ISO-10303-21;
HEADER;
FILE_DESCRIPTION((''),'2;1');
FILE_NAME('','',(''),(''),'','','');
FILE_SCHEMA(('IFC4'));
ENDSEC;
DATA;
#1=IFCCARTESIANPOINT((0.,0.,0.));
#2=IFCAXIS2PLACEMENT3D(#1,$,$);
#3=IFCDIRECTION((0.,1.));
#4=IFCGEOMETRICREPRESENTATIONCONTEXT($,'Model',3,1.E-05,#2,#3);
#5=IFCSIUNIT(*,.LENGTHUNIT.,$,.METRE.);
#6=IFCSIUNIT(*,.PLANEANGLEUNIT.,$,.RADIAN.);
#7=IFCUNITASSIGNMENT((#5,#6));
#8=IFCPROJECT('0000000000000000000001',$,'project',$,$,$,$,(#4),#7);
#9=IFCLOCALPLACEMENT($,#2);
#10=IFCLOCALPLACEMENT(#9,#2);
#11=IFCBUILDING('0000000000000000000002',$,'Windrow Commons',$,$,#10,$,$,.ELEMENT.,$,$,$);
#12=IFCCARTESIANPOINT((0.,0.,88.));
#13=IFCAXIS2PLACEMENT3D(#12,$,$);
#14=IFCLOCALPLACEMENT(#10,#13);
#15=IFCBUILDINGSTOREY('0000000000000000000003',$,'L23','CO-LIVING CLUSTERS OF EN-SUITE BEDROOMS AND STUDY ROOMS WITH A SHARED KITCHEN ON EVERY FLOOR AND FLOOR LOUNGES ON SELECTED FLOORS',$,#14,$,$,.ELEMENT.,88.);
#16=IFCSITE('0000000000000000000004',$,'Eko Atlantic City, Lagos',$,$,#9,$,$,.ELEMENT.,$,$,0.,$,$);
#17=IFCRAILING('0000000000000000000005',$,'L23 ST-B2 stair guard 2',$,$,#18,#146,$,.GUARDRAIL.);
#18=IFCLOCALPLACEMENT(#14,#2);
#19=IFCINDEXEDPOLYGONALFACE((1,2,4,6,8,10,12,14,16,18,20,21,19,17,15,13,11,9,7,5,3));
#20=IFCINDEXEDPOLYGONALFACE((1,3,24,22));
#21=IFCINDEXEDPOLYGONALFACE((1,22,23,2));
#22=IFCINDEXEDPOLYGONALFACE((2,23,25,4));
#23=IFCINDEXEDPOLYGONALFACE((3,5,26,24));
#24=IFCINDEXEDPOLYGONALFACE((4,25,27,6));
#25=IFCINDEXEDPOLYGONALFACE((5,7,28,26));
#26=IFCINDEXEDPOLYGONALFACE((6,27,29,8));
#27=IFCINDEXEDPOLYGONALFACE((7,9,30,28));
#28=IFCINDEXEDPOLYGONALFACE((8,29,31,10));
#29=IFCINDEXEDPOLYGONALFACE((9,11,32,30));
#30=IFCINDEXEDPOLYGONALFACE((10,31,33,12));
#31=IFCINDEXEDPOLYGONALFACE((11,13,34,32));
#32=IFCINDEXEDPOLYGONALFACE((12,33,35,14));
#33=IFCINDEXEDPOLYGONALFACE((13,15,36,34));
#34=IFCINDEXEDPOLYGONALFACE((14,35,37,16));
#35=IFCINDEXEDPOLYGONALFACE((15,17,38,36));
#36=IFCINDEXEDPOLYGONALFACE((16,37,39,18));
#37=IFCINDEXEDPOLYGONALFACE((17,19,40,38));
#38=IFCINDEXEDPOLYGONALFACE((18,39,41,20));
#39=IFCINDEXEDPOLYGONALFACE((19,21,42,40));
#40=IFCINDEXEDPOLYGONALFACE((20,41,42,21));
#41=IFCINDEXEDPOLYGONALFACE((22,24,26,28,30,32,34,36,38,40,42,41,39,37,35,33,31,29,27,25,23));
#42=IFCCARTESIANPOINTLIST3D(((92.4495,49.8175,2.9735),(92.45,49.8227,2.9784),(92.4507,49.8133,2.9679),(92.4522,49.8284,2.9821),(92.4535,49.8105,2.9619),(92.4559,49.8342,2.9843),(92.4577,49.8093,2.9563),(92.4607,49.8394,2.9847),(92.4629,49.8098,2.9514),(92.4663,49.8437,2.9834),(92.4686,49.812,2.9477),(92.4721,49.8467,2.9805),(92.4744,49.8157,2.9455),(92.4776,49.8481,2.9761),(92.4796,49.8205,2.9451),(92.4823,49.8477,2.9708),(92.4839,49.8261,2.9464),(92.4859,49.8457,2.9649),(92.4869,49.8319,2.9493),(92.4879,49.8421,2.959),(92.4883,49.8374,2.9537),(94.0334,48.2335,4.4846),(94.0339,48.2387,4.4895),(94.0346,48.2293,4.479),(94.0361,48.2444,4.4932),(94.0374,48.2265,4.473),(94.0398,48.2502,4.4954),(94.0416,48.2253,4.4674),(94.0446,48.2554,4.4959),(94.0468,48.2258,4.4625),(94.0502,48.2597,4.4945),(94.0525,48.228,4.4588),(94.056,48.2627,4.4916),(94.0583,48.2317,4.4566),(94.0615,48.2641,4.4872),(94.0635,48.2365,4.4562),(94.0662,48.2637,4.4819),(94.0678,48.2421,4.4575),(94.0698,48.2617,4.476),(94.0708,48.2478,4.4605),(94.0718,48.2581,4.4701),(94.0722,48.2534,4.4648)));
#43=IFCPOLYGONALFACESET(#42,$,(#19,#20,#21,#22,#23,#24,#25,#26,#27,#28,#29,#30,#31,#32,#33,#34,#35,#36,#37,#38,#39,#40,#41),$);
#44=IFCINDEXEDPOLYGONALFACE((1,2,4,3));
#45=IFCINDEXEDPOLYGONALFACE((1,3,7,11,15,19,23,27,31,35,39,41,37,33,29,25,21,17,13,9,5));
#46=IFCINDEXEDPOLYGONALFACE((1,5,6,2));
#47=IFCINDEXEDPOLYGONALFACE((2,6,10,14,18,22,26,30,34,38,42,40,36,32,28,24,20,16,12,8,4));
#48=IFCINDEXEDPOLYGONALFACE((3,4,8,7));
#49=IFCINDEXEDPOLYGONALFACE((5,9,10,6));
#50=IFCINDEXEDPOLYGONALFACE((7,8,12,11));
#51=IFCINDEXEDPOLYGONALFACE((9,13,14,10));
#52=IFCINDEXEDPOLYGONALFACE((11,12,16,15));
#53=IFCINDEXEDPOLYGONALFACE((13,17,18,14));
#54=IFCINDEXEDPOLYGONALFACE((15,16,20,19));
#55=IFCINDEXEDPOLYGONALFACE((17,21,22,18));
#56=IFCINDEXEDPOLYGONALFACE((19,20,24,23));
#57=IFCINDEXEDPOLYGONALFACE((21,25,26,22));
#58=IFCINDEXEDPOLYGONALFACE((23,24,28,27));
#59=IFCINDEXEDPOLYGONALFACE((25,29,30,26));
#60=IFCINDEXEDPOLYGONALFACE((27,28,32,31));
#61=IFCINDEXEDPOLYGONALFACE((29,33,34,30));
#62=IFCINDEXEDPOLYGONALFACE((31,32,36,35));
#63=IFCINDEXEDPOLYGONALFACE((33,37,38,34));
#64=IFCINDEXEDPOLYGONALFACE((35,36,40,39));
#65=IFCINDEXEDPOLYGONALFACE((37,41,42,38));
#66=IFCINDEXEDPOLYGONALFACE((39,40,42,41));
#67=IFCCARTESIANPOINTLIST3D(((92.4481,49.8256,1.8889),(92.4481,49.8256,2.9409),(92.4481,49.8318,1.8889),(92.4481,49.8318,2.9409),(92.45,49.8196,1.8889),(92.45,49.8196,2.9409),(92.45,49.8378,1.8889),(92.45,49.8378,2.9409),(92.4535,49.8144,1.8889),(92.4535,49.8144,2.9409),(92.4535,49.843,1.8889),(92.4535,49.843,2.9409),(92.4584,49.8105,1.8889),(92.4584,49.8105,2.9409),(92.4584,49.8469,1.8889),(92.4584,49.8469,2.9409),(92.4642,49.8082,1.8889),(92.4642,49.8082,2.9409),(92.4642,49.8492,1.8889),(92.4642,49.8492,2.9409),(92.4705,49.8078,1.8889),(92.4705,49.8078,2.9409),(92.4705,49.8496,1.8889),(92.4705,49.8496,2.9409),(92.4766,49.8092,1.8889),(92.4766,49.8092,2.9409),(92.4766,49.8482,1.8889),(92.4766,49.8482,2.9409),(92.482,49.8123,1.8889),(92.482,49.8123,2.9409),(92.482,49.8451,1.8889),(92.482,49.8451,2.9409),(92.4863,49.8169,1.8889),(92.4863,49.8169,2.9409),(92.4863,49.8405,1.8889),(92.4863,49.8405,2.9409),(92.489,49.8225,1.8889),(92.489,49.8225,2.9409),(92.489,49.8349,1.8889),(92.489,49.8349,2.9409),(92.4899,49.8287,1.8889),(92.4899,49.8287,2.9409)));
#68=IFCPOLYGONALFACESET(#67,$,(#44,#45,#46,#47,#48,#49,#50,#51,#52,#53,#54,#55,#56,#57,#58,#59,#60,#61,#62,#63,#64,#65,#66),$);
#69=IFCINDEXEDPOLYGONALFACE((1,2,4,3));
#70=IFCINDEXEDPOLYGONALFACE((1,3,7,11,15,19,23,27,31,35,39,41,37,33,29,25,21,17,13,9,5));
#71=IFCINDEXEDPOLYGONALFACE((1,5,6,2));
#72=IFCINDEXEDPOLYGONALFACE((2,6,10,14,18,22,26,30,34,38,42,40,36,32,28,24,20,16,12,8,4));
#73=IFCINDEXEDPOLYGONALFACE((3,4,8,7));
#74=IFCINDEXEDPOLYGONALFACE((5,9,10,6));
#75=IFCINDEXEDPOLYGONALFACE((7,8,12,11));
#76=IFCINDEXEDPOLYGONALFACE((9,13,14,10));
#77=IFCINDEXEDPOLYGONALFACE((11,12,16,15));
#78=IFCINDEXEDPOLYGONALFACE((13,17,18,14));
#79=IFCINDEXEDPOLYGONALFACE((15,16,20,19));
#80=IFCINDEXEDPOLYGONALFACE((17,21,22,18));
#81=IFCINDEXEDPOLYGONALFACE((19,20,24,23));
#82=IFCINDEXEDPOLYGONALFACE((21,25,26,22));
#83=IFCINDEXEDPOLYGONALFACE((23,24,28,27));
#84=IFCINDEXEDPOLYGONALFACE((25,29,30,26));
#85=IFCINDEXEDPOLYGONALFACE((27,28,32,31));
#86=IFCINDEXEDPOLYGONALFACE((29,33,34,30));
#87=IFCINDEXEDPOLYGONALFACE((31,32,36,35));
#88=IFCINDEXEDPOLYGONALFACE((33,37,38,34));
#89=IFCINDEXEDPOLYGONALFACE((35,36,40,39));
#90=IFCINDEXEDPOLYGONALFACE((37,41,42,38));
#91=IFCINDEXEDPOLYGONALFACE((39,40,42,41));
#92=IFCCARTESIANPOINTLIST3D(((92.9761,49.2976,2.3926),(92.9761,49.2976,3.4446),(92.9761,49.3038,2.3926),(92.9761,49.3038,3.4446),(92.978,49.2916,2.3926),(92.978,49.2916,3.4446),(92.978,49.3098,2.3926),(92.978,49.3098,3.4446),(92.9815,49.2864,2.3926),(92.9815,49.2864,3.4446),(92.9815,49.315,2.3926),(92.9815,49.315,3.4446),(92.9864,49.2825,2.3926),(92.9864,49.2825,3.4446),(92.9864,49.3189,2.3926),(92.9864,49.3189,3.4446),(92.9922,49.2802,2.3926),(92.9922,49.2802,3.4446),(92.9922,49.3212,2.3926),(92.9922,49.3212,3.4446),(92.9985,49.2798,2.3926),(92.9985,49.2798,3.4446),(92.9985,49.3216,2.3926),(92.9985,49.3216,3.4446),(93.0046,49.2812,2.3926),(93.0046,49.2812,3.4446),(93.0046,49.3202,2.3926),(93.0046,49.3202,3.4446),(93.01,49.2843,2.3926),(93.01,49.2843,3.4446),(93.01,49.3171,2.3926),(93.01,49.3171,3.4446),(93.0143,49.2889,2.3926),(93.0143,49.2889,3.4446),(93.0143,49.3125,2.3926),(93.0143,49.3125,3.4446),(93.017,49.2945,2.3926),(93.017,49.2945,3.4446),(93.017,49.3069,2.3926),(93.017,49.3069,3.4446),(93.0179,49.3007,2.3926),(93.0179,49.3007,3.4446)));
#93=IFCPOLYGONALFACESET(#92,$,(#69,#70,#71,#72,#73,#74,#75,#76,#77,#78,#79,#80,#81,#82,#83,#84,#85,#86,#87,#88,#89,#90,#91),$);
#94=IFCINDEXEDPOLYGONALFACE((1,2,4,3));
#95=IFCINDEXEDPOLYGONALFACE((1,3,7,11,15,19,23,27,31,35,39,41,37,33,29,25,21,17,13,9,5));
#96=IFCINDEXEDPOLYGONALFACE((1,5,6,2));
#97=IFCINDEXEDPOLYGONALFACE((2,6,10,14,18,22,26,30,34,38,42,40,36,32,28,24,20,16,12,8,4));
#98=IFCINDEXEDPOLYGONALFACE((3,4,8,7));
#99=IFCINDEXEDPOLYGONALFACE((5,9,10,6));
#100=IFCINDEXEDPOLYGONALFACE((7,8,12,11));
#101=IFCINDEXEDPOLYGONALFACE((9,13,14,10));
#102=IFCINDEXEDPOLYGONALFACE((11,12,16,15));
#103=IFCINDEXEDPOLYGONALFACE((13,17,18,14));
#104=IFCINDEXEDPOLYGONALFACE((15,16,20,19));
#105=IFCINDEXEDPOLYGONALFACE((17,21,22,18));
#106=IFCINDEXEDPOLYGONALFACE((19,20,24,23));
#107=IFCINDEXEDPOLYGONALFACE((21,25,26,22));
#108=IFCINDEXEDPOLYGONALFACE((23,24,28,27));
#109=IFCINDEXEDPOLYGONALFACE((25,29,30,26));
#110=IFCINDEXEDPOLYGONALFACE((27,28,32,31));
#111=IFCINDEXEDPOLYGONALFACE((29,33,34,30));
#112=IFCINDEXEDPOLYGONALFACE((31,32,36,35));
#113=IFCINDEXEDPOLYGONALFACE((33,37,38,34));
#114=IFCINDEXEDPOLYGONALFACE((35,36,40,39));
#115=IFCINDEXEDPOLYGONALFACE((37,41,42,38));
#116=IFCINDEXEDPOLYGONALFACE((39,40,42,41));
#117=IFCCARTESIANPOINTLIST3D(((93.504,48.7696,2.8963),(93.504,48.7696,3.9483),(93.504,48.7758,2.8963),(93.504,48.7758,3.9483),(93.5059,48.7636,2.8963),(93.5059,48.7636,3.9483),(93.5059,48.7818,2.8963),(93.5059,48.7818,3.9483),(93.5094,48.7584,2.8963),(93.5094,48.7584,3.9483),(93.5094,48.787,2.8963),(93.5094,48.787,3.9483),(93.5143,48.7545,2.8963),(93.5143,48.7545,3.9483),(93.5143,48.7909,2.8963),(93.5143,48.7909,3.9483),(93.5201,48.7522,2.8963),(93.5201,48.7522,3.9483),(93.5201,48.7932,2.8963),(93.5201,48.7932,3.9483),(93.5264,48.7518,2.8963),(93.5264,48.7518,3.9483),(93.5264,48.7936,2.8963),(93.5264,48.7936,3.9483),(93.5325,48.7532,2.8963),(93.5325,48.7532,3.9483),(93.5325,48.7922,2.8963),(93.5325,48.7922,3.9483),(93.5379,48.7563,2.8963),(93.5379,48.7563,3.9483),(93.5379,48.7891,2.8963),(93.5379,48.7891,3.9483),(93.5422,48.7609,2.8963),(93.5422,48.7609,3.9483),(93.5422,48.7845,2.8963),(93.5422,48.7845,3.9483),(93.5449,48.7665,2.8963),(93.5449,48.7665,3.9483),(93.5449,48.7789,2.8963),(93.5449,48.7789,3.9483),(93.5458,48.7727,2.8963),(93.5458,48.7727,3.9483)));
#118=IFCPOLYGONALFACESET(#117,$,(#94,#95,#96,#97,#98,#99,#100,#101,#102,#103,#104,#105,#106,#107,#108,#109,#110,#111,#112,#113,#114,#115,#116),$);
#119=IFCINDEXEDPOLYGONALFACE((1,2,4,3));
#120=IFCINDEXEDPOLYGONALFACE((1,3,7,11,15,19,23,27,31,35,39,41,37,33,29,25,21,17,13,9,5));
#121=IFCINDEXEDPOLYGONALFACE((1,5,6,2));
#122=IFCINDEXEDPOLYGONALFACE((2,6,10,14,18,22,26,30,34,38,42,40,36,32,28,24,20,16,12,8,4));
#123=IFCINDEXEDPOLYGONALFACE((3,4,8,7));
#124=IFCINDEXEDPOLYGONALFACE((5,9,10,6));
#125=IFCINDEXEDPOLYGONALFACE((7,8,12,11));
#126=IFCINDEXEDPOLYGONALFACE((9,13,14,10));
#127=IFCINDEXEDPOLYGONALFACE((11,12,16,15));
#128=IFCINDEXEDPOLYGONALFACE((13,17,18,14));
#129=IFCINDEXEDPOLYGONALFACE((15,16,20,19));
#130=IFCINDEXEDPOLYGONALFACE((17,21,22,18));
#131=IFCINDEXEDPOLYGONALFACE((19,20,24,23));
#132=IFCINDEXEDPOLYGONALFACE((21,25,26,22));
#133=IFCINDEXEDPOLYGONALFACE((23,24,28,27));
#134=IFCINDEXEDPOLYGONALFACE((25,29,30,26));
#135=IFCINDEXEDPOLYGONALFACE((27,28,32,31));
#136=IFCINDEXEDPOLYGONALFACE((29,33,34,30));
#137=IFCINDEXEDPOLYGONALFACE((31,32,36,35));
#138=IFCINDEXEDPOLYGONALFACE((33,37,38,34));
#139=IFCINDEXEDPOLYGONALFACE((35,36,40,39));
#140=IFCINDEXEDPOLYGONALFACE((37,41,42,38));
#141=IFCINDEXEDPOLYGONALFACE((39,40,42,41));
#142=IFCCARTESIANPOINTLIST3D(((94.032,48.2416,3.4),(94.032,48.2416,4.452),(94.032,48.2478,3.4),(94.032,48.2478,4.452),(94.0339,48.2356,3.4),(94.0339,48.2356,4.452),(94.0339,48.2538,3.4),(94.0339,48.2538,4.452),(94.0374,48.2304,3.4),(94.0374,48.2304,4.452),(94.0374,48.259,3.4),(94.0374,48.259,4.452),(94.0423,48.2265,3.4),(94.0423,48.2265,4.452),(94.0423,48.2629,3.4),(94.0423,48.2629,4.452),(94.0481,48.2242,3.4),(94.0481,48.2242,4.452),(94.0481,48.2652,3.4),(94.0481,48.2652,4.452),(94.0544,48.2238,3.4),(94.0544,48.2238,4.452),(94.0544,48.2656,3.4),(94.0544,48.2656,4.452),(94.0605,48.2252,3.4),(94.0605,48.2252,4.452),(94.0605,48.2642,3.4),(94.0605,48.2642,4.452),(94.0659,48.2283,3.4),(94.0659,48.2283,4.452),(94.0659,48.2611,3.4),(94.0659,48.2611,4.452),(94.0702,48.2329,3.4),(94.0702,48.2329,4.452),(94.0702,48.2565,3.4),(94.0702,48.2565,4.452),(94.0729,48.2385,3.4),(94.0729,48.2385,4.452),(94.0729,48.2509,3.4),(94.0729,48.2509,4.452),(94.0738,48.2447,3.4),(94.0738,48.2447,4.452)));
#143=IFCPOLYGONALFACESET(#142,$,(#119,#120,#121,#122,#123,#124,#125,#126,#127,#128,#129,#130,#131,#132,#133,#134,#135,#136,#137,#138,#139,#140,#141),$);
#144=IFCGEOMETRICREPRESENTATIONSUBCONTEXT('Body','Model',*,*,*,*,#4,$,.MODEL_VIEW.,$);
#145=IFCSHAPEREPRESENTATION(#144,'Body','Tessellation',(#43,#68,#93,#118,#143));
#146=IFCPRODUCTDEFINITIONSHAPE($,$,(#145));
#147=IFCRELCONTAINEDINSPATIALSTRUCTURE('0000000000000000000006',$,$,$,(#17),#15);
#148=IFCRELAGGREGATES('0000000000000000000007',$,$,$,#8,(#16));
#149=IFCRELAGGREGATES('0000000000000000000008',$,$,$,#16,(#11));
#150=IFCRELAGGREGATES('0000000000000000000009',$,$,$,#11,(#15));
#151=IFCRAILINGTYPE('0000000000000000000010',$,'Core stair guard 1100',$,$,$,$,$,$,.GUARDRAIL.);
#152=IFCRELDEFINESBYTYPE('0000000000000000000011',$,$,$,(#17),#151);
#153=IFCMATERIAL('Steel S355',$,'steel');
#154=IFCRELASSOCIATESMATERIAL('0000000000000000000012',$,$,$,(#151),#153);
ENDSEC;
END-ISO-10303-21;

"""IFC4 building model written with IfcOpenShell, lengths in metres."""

from ifc_helpers import new_model, si_unit, direction, frame, origin, origin_2d, place, context, subcontext, project, spatial, circle, extrude, material, type_object, element, save


model = new_model("IFC4")

# Units and contexts
model_context = context("Model", 3, precision=1e-05, world=origin(), true_north=direction((0.0, 1.0)))
body_context = subcontext(model_context, "Body", "Model", "MODEL_VIEW")
ifc_project = project(units=[si_unit("LENGTHUNIT", "METRE"), si_unit("PLANEANGLEUNIT", "RADIAN")], contexts=[model_context])

# Site, building, storey
site_placement = place(None, origin())
site = spatial("IfcSite", under=ifc_project, at=site_placement, Name="Eko Atlantic City, Lagos", CompositionType="ELEMENT", RefElevation=0.0)
building_placement = place(site_placement, origin())
building = spatial("IfcBuilding", under=site, at=building_placement, Name="Windrow Commons", CompositionType="ELEMENT")
storey_placement = place(building_placement, frame((0.0, 0.0, 88.0)))
storey = spatial("IfcBuildingStorey", under=building, at=storey_placement, Name="L23", Description="CO-LIVING CLUSTERS OF EN-SUITE BEDROOMS AND STUDY ROOMS WITH A SHARED KITCHEN ON EVERY FLOOR AND FLOOR LOUNGES ON SELECTED FLOORS", CompositionType="ELEMENT", Elevation=88.0)

# Railing
ifc_material_1 = material(Name="Steel S355", Category="steel")
railing_type_1 = type_object("IfcRailingType", Name="Core stair guard 1100", PredefinedType="GUARDRAIL", material=ifc_material_1)
railing_1_placement = place(storey_placement, frame((92.4689, 49.8287, 1.8889)))
element("IfcRailing", 1, at=railing_1_placement, inside=storey, type_object=railing_type_1, Name="L23 ST-B2 stair guard 2", PredefinedType="GUARDRAIL", context=body_context, shape_type="SweptSolid", body=[
    extrude(circle(Radius=0.024, at=origin_2d()), frame((0.0, 0.0, 1.076), z_axis=(0.586179, -0.586216, 0.559237), x_axis=(0.707129, 0.707084, 0.0)), (0.0, 0.0, 1.0), 2.7021),
    extrude(circle(Radius=0.021, at=origin_2d()), origin(), (0.0, 0.0, 1.0), 1.052),
    extrude(circle(Radius=0.021, at=origin_2d()), frame((0.528, -0.528, 0.5037)), (0.0, 0.0, 1.0), 1.052),
    extrude(circle(Radius=0.021, at=origin_2d()), frame((1.0559, -1.056, 1.0074)), (0.0, 0.0, 1.0), 1.052),
    extrude(circle(Radius=0.021, at=origin_2d()), frame((1.5839, -1.584, 1.5111)), (0.0, 0.0, 1.0), 1.052),
])

save(model, "model.ifc")
